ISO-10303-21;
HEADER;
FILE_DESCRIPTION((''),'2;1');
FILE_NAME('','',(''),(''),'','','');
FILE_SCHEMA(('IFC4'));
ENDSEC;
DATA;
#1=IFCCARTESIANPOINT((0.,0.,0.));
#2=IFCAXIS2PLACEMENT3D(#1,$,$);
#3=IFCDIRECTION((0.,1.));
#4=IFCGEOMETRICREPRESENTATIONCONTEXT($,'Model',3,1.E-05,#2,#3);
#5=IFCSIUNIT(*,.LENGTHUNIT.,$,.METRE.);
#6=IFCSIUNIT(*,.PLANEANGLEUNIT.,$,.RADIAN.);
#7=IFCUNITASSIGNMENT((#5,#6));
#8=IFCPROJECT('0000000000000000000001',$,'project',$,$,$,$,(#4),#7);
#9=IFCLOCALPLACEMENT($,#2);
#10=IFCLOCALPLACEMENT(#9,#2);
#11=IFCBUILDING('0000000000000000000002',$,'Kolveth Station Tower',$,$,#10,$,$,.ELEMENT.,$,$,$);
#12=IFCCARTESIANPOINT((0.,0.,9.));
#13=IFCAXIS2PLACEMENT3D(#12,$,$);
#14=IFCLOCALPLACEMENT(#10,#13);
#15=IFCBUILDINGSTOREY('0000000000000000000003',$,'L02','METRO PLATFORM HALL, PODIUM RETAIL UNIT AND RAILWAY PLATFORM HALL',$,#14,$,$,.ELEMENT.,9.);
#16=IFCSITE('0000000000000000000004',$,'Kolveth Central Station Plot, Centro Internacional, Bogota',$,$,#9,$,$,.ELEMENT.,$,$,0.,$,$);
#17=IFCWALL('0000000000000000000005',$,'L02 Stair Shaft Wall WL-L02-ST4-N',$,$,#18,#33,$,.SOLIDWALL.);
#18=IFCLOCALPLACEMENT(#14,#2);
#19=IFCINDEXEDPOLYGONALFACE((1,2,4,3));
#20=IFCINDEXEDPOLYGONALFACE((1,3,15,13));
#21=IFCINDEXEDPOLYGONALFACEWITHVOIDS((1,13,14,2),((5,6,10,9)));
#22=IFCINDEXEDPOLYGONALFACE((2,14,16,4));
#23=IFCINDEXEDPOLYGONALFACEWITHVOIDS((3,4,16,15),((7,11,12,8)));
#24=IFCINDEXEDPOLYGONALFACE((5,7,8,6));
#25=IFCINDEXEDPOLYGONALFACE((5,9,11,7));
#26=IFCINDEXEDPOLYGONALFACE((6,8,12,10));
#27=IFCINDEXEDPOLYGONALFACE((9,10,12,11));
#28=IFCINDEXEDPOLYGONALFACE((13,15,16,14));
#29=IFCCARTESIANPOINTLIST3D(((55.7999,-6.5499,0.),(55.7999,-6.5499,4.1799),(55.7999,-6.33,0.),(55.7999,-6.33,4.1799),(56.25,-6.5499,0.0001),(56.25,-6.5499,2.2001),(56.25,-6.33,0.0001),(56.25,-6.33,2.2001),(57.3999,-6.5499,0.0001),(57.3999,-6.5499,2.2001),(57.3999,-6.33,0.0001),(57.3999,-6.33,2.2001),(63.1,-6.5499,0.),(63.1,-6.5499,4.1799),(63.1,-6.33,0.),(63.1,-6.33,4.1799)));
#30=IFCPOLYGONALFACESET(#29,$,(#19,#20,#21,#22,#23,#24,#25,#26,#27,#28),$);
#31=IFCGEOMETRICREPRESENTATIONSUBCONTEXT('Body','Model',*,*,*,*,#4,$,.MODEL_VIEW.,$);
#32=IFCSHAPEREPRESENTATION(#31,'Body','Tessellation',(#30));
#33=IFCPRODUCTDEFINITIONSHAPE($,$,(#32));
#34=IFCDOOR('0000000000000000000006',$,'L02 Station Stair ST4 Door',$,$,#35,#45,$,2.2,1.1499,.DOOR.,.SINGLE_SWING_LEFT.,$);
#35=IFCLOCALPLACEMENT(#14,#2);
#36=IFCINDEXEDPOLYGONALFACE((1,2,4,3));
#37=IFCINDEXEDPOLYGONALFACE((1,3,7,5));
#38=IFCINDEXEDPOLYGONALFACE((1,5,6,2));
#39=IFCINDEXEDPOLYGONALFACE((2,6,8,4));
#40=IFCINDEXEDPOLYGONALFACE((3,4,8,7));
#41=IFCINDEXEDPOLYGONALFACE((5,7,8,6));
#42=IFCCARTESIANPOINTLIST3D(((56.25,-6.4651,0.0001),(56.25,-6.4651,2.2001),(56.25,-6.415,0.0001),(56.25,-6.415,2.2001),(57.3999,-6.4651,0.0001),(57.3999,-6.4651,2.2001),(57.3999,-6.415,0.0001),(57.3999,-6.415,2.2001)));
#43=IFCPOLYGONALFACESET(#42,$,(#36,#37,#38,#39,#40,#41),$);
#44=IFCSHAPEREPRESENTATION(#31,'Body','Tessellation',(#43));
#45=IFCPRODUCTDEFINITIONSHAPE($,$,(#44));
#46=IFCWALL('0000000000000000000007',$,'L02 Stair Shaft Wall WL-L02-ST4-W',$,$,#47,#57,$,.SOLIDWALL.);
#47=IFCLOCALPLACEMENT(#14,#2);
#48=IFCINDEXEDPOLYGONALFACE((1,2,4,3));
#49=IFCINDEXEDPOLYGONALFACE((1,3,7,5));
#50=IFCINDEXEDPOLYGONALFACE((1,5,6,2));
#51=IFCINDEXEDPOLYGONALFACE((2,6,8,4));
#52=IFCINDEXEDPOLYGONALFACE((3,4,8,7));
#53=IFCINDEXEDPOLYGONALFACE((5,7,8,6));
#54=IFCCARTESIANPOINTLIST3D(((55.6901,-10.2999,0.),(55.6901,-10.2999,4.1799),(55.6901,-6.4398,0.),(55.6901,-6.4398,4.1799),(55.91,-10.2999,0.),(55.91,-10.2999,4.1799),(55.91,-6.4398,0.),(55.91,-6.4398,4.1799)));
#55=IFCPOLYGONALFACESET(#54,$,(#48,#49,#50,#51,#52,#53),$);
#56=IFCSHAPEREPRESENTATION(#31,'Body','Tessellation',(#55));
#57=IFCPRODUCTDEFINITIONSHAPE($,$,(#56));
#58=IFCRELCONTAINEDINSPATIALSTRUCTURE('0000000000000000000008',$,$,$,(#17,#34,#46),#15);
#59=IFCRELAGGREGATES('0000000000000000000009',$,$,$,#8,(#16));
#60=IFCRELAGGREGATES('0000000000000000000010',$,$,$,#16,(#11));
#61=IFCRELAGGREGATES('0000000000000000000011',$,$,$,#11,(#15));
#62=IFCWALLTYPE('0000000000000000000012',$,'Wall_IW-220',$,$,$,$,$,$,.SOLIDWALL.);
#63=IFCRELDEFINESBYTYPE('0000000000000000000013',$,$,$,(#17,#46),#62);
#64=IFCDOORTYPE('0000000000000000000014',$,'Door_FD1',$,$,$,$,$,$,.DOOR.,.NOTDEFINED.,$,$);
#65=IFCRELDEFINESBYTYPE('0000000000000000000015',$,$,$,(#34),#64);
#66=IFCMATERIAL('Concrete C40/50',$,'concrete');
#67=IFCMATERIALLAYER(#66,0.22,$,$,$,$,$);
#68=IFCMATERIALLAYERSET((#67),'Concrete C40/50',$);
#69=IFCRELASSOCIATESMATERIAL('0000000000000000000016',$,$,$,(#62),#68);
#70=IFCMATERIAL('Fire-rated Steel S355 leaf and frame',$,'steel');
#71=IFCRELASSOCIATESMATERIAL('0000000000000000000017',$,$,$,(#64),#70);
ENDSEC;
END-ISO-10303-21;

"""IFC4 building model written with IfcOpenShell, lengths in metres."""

from ifc_helpers import new_model, si_unit, direction, frame, frame_2d, origin, place, context, subcontext, project, spatial, rectangle, extrude, material, layer, layer_set, type_object, element, fill, save


model = new_model("IFC4")

# Units and contexts
model_context = context("Model", 3, precision=1e-05, world=origin(), true_north=direction((0.0, 1.0)))
body_context = subcontext(model_context, "Body", "Model", "MODEL_VIEW")
ifc_project = project(units=[si_unit("LENGTHUNIT", "METRE"), si_unit("PLANEANGLEUNIT", "RADIAN")], contexts=[model_context])

# Site, building, storey
site_placement = place(None, origin())
site = spatial("IfcSite", under=ifc_project, at=site_placement, Name="Kolveth Central Station Plot, Centro Internacional, Bogota", CompositionType="ELEMENT", RefElevation=0.0)
building_placement = place(site_placement, origin())
building = spatial("IfcBuilding", under=site, at=building_placement, Name="Kolveth Station Tower", CompositionType="ELEMENT")
storey_placement = place(building_placement, frame((0.0, 0.0, 9.0)))
storey = spatial("IfcBuildingStorey", under=building, at=storey_placement, Name="L02", Description="METRO PLATFORM HALL, PODIUM RETAIL UNIT AND RAILWAY PLATFORM HALL", CompositionType="ELEMENT", Elevation=9.0)

# Shared definitions
ifc_material_1 = material(Name="Concrete C40/50", Category="concrete")
ifc_layer_1 = layer(ifc_material_1, 0.22)
ifc_layer_set_1 = layer_set([ifc_layer_1], Name="Concrete C40/50")
wall_type_1 = type_object("IfcWallType", Name="Wall_IW-220", PredefinedType="SOLIDWALL", material=ifc_layer_set_1)

# Wall, opening, door
wall_1_placement = place(storey_placement, frame((55.8, -6.4399, 0.0), z_axis=(0.0, 0.0, 1.0), x_axis=(1.0, 0.0, 0.0)))
wall_1 = element("IfcWall", 1, at=wall_1_placement, inside=storey, type_object=wall_type_1, Name="L02 Stair Shaft Wall WL-L02-ST4-N", PredefinedType="SOLIDWALL", context=body_context, shape_type="SweptSolid", body=[
    extrude(rectangle(XDim=7.3, YDim=0.22, at=frame_2d((3.6499, 0.0))), origin(), (0.0, 0.0, 1.0), 4.1799),
])
opening_1_placement = place(wall_1_placement, frame((0.45, 0.0, 0.0)))
opening_1 = element("IfcOpeningElement", 2, at=opening_1_placement, cuts=wall_1, PredefinedType="OPENING", context=body_context, shape_type="SweptSolid", body=[
    extrude(rectangle(XDim=1.1499, YDim=2.2, at=frame_2d((0.575, 1.1001))), frame((0.0, 0.1199, 0.0), z_axis=(0.0, -1.0, 0.0), x_axis=(1.0, 0.0, 0.0)), (0.0, 0.0, 1.0), 0.24),
])
ifc_material_2 = material(Name="Fire-rated Steel S355 leaf and frame", Category="steel")
door_type_1 = type_object("IfcDoorType", Name="Door_FD1", OperationType="NOTDEFINED", PredefinedType="DOOR", material=ifc_material_2)
door_1_placement = place(opening_1_placement, origin())
door_1 = element("IfcDoor", 3, at=door_1_placement, inside=storey, type_object=door_type_1, Name="L02 Station Stair ST4 Door", OperationType="SINGLE_SWING_LEFT", OverallHeight=2.2, OverallWidth=1.1499, PredefinedType="DOOR", context=body_context, shape_type="SweptSolid", body=[
    extrude(rectangle(XDim=1.1499, YDim=2.2, at=frame_2d((0.575, 1.1001))), frame((0.0, 0.0249, 0.0), z_axis=(0.0, -1.0, 0.0), x_axis=(1.0, 0.0, 0.0)), (0.0, 0.0, 1.0), 0.05),
])
fill(opening_1, door_1)

# Wall
wall_2_placement = place(storey_placement, frame((55.8, -10.3, 0.0), z_axis=(0.0, 0.0, 1.0), x_axis=(0.0, 1.0, 0.0)))
element("IfcWall", 4, at=wall_2_placement, inside=storey, type_object=wall_type_1, Name="L02 Stair Shaft Wall WL-L02-ST4-W", PredefinedType="SOLIDWALL", context=body_context, shape_type="SweptSolid", body=[
    extrude(rectangle(XDim=3.8601, YDim=0.22, at=frame_2d((1.9302, 0.0))), origin(), (0.0, 0.0, 1.0), 4.1799),
])

save(model, "model.ifc")
